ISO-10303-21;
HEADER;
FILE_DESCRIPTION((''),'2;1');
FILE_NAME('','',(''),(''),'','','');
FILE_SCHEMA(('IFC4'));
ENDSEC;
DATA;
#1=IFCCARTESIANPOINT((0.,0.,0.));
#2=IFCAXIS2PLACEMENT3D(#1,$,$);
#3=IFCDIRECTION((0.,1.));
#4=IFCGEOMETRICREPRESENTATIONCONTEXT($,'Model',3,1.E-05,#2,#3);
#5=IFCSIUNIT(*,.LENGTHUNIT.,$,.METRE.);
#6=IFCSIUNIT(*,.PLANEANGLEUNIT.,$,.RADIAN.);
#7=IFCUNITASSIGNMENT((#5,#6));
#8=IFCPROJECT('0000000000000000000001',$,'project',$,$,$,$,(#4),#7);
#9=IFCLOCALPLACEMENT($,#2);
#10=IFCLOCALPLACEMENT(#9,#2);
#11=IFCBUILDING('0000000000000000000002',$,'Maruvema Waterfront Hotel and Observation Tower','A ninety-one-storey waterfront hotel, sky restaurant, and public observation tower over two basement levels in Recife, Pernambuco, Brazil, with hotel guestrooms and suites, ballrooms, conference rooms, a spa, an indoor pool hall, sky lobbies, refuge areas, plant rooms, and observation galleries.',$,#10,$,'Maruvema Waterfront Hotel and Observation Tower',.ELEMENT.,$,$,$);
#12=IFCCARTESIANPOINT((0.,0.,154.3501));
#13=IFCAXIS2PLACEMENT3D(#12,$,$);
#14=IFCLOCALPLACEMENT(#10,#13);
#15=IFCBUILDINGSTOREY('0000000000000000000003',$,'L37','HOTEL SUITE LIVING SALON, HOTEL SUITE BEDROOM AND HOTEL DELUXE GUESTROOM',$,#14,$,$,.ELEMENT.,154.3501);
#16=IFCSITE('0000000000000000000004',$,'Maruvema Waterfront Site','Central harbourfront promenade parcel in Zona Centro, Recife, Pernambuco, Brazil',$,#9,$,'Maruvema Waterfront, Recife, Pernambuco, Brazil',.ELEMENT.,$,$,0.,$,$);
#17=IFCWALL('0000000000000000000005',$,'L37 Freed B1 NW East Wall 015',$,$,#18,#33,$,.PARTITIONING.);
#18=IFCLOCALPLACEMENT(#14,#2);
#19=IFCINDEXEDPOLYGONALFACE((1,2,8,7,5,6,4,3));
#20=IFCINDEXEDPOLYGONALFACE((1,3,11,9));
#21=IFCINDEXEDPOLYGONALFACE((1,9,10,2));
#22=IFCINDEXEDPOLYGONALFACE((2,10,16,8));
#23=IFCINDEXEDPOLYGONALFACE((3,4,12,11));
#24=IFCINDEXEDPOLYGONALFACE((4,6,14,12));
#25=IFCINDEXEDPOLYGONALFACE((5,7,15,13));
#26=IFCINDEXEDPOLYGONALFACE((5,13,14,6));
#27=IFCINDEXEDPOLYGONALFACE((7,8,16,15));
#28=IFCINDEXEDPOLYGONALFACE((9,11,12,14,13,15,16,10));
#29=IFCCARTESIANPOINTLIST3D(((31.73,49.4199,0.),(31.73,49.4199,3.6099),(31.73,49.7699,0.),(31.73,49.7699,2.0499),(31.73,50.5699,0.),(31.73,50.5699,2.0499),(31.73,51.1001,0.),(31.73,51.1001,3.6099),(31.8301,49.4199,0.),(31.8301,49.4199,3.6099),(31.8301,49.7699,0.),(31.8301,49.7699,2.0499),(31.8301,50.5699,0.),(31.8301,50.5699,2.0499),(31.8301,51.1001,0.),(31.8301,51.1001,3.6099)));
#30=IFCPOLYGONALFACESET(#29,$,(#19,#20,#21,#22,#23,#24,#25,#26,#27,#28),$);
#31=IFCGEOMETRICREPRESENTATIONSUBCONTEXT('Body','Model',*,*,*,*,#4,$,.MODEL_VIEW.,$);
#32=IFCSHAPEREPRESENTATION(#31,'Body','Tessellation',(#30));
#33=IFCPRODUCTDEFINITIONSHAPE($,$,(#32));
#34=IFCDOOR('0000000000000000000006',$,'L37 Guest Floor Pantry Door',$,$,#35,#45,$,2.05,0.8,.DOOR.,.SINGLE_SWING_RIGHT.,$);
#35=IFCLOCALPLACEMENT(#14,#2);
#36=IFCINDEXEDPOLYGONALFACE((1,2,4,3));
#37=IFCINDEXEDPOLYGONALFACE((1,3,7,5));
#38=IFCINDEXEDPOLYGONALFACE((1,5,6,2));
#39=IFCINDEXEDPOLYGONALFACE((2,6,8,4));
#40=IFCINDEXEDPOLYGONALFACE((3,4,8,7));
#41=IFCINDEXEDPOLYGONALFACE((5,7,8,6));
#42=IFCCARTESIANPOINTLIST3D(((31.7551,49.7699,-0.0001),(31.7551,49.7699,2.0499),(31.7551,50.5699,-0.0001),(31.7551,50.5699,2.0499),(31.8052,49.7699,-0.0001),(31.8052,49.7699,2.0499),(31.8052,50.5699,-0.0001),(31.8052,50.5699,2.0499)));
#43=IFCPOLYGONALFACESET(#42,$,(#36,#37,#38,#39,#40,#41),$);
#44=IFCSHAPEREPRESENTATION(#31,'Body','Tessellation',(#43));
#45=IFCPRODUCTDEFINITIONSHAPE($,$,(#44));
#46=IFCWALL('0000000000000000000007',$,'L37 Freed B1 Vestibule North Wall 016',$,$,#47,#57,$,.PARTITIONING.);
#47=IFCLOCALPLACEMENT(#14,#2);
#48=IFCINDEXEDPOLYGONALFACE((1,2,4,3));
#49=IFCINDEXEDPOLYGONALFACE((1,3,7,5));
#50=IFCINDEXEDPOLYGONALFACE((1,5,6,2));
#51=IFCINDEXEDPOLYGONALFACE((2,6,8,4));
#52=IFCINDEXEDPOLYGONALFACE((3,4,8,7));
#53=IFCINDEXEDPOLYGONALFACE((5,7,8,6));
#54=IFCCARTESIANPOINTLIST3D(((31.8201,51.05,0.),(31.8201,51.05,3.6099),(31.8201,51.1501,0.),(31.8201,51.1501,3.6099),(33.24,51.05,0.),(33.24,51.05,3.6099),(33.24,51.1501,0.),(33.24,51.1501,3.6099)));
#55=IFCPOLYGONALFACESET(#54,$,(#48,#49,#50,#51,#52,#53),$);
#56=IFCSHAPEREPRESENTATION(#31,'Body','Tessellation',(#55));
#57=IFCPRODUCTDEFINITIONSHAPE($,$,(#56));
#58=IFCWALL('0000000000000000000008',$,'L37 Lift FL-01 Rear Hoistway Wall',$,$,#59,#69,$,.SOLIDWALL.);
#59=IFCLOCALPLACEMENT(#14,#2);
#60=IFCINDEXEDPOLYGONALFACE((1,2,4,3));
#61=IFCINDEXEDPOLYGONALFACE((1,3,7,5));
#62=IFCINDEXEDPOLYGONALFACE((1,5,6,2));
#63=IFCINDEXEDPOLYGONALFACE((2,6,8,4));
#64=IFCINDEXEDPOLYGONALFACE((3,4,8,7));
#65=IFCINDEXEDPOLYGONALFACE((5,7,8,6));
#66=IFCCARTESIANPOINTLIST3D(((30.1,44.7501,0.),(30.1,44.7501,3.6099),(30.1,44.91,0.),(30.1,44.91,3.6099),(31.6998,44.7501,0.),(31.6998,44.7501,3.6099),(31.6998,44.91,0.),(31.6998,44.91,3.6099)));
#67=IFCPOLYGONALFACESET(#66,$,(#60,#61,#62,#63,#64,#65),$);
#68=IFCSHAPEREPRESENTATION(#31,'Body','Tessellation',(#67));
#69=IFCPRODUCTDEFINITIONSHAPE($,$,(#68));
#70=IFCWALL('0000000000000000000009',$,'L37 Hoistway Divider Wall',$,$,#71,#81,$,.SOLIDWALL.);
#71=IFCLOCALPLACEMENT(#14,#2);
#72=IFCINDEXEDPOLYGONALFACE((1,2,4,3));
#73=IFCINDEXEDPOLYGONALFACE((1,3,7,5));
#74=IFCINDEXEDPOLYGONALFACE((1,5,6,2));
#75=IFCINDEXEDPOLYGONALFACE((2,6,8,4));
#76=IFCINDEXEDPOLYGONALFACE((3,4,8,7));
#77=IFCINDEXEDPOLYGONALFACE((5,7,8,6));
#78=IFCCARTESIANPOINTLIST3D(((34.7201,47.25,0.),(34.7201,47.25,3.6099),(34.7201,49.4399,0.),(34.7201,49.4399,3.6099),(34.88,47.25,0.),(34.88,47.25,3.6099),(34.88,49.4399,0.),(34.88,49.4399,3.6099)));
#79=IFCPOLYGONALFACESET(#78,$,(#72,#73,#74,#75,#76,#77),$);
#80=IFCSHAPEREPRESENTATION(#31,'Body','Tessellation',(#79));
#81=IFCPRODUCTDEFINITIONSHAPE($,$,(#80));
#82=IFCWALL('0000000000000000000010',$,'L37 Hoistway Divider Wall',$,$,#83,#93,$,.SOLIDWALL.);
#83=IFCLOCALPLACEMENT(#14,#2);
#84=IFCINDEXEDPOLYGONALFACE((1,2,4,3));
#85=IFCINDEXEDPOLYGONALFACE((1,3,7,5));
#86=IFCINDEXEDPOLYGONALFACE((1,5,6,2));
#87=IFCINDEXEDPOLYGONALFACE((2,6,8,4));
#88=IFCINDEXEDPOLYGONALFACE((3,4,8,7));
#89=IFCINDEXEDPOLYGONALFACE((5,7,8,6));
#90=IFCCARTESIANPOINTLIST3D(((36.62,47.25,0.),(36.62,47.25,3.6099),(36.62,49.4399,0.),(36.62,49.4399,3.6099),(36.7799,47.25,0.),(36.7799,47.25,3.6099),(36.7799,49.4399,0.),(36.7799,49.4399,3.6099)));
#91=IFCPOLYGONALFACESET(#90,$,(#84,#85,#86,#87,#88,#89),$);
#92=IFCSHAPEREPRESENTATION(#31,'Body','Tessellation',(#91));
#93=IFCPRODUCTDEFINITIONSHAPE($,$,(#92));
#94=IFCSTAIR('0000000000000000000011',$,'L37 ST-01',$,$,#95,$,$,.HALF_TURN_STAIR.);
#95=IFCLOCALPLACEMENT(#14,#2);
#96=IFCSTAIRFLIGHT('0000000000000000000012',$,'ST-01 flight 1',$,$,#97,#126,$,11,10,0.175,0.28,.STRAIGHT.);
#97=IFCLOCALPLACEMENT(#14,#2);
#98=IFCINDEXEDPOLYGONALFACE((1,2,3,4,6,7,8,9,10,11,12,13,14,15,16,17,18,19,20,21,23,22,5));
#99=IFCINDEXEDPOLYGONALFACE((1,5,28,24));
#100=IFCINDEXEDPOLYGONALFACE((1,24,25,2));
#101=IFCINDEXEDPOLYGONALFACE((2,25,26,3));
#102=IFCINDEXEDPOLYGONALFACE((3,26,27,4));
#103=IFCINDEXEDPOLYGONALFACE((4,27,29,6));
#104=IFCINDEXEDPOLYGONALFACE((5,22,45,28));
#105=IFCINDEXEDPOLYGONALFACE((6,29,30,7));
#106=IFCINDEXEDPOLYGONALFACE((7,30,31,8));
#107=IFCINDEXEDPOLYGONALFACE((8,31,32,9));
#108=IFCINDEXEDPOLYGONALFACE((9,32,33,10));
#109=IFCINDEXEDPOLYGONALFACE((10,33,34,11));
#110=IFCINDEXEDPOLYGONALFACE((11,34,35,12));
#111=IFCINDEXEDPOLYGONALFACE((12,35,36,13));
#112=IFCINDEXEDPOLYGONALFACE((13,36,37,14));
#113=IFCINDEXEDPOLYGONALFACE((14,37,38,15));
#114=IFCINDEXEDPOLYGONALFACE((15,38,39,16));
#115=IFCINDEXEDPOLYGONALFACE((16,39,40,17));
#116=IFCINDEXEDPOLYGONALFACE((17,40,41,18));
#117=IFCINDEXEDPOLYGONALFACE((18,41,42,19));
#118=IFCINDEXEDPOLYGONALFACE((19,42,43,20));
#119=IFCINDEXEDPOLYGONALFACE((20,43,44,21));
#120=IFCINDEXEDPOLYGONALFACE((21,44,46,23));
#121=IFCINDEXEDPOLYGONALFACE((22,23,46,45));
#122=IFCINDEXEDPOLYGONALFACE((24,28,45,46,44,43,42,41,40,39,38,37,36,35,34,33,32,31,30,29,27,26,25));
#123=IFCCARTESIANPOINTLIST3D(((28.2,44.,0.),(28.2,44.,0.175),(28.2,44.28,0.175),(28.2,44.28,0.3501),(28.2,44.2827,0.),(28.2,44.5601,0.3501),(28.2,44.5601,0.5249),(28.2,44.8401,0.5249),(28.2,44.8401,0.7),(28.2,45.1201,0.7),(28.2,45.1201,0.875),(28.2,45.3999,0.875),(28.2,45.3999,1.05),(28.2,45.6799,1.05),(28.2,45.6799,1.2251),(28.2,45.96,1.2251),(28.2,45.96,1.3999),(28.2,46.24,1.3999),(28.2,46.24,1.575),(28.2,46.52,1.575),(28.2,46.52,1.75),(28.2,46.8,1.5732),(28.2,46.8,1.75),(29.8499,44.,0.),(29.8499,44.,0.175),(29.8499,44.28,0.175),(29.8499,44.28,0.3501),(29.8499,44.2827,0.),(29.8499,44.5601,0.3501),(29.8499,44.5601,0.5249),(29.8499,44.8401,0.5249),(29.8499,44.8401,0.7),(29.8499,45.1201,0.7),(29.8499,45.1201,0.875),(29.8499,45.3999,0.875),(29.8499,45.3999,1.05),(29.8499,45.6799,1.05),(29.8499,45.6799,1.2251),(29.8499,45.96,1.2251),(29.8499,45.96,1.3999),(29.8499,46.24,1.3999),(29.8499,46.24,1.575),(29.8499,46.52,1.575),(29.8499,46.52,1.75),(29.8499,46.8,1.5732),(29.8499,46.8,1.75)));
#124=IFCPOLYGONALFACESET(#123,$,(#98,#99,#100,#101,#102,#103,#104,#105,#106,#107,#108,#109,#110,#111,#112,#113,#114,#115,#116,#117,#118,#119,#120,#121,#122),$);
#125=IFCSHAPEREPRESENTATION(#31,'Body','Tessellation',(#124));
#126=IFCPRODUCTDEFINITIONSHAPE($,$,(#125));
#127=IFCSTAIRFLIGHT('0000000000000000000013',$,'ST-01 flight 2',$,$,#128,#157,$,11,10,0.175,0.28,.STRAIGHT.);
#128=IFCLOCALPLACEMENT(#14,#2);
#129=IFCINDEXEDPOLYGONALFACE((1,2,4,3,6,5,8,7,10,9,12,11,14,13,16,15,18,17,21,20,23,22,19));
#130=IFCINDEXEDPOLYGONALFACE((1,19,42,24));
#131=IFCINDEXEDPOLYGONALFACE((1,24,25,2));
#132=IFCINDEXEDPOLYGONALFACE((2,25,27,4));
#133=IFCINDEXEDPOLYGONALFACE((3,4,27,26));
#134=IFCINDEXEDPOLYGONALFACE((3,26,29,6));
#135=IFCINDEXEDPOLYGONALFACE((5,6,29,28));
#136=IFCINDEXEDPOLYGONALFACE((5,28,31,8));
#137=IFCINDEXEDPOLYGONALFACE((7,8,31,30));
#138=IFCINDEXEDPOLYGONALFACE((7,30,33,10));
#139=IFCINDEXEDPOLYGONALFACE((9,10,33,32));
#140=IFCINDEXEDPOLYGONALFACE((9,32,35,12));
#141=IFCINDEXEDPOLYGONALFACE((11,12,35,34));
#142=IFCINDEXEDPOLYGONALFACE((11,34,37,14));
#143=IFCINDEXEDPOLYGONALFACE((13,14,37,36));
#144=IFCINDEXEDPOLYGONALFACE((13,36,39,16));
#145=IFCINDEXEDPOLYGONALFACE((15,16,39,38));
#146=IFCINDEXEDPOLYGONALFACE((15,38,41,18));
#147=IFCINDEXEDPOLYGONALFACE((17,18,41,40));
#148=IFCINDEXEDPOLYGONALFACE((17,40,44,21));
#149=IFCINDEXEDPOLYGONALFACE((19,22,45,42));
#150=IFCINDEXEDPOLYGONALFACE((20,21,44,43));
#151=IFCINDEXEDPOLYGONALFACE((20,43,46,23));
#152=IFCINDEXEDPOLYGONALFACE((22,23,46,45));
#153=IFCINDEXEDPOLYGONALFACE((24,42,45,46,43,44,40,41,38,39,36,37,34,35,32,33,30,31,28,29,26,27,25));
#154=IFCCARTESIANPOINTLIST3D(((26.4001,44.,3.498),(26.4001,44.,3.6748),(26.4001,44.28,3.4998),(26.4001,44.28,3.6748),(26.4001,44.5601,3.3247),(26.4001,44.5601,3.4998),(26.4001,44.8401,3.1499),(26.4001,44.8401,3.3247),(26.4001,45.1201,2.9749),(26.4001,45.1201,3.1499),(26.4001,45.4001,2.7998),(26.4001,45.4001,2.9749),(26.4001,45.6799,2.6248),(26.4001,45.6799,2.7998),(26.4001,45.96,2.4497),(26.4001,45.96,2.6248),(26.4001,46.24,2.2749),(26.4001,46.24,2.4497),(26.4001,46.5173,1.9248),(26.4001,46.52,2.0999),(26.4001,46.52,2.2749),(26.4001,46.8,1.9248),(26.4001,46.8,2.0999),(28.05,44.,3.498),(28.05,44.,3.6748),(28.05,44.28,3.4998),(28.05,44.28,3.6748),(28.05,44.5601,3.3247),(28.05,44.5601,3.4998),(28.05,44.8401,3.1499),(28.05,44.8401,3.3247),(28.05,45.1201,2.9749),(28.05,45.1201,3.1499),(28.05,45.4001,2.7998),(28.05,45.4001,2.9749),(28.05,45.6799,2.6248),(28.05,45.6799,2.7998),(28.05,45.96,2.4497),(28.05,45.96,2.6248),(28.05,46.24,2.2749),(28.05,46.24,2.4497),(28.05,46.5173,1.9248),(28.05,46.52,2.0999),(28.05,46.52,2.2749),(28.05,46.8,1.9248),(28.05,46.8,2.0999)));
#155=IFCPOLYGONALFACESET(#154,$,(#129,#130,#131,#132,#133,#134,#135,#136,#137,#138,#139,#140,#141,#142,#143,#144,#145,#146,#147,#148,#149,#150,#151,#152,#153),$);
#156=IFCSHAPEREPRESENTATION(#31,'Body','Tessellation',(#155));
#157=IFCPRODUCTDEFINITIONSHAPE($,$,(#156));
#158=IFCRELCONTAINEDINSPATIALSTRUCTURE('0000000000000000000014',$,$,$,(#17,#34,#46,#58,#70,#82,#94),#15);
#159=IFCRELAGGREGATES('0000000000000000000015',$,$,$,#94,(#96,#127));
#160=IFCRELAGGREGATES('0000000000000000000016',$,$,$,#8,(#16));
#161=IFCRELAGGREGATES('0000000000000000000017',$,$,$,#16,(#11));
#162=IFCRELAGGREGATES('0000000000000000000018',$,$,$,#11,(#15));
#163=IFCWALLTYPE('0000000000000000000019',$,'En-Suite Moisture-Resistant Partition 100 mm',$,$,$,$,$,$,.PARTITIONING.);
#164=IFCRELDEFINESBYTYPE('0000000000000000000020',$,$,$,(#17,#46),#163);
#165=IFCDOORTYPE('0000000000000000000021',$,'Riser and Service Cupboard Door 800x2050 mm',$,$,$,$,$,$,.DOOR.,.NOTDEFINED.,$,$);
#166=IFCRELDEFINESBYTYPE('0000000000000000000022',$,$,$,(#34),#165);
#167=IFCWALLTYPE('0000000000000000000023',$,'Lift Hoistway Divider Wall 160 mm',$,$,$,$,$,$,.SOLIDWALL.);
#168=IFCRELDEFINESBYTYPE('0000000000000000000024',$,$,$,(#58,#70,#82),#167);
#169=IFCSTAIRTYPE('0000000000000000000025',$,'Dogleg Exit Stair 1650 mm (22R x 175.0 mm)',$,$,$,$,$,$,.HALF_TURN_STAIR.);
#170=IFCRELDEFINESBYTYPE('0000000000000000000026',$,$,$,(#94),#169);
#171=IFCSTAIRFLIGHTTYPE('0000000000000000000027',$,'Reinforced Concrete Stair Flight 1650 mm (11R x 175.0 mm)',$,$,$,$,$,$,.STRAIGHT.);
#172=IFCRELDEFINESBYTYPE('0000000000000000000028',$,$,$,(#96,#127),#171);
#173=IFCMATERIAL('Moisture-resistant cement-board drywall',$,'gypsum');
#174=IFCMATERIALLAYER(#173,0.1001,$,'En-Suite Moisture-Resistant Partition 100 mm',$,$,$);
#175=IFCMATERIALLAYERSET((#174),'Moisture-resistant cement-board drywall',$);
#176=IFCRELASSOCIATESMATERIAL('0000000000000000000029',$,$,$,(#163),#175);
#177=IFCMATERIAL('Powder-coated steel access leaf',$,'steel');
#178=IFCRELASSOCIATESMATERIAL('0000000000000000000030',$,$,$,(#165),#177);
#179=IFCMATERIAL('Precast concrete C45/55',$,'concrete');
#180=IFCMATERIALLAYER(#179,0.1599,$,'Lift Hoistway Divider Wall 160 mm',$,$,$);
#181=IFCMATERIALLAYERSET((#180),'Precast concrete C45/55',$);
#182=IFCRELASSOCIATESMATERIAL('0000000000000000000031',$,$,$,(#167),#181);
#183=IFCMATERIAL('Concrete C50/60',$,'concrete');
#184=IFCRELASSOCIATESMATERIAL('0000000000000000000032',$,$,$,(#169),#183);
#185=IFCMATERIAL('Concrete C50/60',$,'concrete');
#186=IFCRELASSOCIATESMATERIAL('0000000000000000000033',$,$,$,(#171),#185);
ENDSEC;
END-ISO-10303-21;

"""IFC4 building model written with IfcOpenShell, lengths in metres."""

from ifc_helpers import new_model, si_unit, direction, frame, frame_2d, origin, place, context, subcontext, project, spatial, polyline, rectangle, outline, extrude, material, layer, layer_set, type_object, element, fill, aggregate, save


model = new_model("IFC4")

# Units and contexts
model_context = context("Model", 3, precision=1e-05, world=origin(), true_north=direction((0.0, 1.0)))
body_context = subcontext(model_context, "Body", "Model", "MODEL_VIEW")
ifc_project = project(units=[si_unit("LENGTHUNIT", "METRE"), si_unit("PLANEANGLEUNIT", "RADIAN")], contexts=[model_context])

# Site, building, storey
site_placement = place(None, origin())
site = spatial("IfcSite", under=ifc_project, at=site_placement, Name="Maruvema Waterfront Site", Description="Central harbourfront promenade parcel in Zona Centro, Recife, Pernambuco, Brazil", LongName="Maruvema Waterfront, Recife, Pernambuco, Brazil", CompositionType="ELEMENT", RefElevation=0.0)
building_placement = place(site_placement, origin())
building = spatial("IfcBuilding", under=site, at=building_placement, Name="Maruvema Waterfront Hotel and Observation Tower", Description="A ninety-one-storey waterfront hotel, sky restaurant, and public observation tower over two basement levels in Recife, Pernambuco, Brazil, with hotel guestrooms and suites, ballrooms, conference rooms, a spa, an indoor pool hall, sky lobbies, refuge areas, plant rooms, and observation galleries.", LongName="Maruvema Waterfront Hotel and Observation Tower", CompositionType="ELEMENT")
storey_placement = place(building_placement, frame((0.0, 0.0, 154.3501)))
storey = spatial("IfcBuildingStorey", under=building, at=storey_placement, Name="L37", Description="HOTEL SUITE LIVING SALON, HOTEL SUITE BEDROOM AND HOTEL DELUXE GUESTROOM", CompositionType="ELEMENT", Elevation=154.3501)

# Shared definitions
ifc_material_1 = material(Name="Moisture-resistant cement-board drywall", Category="gypsum")
ifc_layer_1 = layer(ifc_material_1, 0.1001, Name="En-Suite Moisture-Resistant Partition 100 mm")
ifc_layer_set_1 = layer_set([ifc_layer_1], Name="Moisture-resistant cement-board drywall")
wall_type_1 = type_object("IfcWallType", Name="En-Suite Moisture-Resistant Partition 100 mm", PredefinedType="PARTITIONING", material=ifc_layer_set_1)

# Wall, opening, door
ifc_material_2 = material(Name="Powder-coated steel access leaf", Category="steel")
door_type_1 = type_object("IfcDoorType", Name="Riser and Service Cupboard Door 800x2050 mm", OperationType="NOTDEFINED", PredefinedType="DOOR", material=ifc_material_2)
wall_1_placement = place(storey_placement, frame((31.78, 49.4199, 0.0), z_axis=(0.0, 0.0, 1.0), x_axis=(0.0, 1.0, 0.0)))
wall_1 = element("IfcWall", 1, at=wall_1_placement, inside=storey, type_object=wall_type_1, Name="L37 Freed B1 NW East Wall 015", PredefinedType="PARTITIONING", context=body_context, shape_type="SweptSolid", body=[
    extrude(rectangle(XDim=1.6802, YDim=0.1001, at=frame_2d((0.8401, 0.0))), origin(), (0.0, 0.0, 1.0), 3.6099),
])
opening_1_placement = place(wall_1_placement, frame((0.3501, 0.0, 0.0)))
opening_1 = element("IfcOpeningElement", 2, at=opening_1_placement, cuts=wall_1, PredefinedType="OPENING", context=body_context, shape_type="SweptSolid", body=[
    extrude(rectangle(XDim=0.8, YDim=2.05, at=frame_2d((0.3999, 1.0249))), frame((0.0, 0.0601, 0.0), z_axis=(0.0, -1.0, 0.0), x_axis=(1.0, 0.0, 0.0)), (0.0, 0.0, 1.0), 0.1201),
])
door_1_placement = place(opening_1_placement, origin())
door_1 = element("IfcDoor", 3, at=door_1_placement, inside=storey, type_object=door_type_1, Name="L37 Guest Floor Pantry Door", OperationType="SINGLE_SWING_RIGHT", OverallHeight=2.05, OverallWidth=0.8, PredefinedType="DOOR", context=body_context, shape_type="SweptSolid", body=[
    extrude(rectangle(XDim=0.8, YDim=2.05, at=frame_2d((0.3999, 1.0249))), frame((0.0, 0.0249, 0.0), z_axis=(0.0, -1.0, 0.0), x_axis=(1.0, 0.0, 0.0)), (0.0, 0.0, 1.0), 0.05),
])
fill(opening_1, door_1)

# Walls
wall_2_placement = place(storey_placement, frame((31.8201, 51.1001, 0.0), z_axis=(0.0, 0.0, 1.0), x_axis=(1.0, 0.0, 0.0)))
element("IfcWall", 4, at=wall_2_placement, inside=storey, type_object=wall_type_1, Name="L37 Freed B1 Vestibule North Wall 016", PredefinedType="PARTITIONING", context=body_context, shape_type="SweptSolid", body=[
    extrude(rectangle(XDim=1.4199, YDim=0.1001, at=frame_2d((0.71, 0.0))), origin(), (0.0, 0.0, 1.0), 3.6099),
])
ifc_material_3 = material(Name="Precast concrete C45/55", Category="concrete")
ifc_layer_2 = layer(ifc_material_3, 0.1599, Name="Lift Hoistway Divider Wall 160 mm")
ifc_layer_set_2 = layer_set([ifc_layer_2], Name="Precast concrete C45/55")
wall_type_2 = type_object("IfcWallType", Name="Lift Hoistway Divider Wall 160 mm", PredefinedType="SOLIDWALL", material=ifc_layer_set_2)
wall_3_placement = place(storey_placement, frame((30.1001, 44.8301, 0.0), z_axis=(0.0, 0.0, 1.0), x_axis=(1.0, 0.0, 0.0)))
element("IfcWall", 5, at=wall_3_placement, inside=storey, type_object=wall_type_2, Name="L37 Lift FL-01 Rear Hoistway Wall", PredefinedType="SOLIDWALL", context=body_context, shape_type="SweptSolid", body=[
    extrude(rectangle(XDim=1.5999, YDim=0.1599, at=frame_2d((0.7998, 0.0))), origin(), (0.0, 0.0, 1.0), 3.6099),
])
for number, where, z_axis, x_axis, name in (
    (6, (34.8, 47.25, 0.0), (0.0, 0.0, 1.0), (0.0, 1.0, 0.0), "L37 Hoistway Divider Wall"),
    (7, (36.7, 47.25, 0.0), (0.0, 0.0, 1.0), (0.0, 1.0, 0.0), "L37 Hoistway Divider Wall"),
):
    element("IfcWall", number, at=place(storey_placement, frame(where, z_axis=z_axis, x_axis=x_axis)), inside=storey, type_object=wall_type_2, Name=name, PredefinedType="SOLIDWALL", context=body_context, shape_type="SweptSolid", body=[
        extrude(rectangle(XDim=2.1899, YDim=0.1599, at=frame_2d((1.095, 0.0))), origin(), (0.0, 0.0, 1.0), 3.6099),
    ])

# Stair, stair flights
ifc_material_4 = material(Name="Concrete C50/60", Category="concrete")
stair_type = type_object("IfcStairType", Name="Dogleg Exit Stair 1650 mm (22R x 175.0 mm)", PredefinedType="HALF_TURN_STAIR", material=ifc_material_4)
stair_1_placement = place(storey_placement, origin())
stair_1 = element("IfcStair", 8, at=stair_1_placement, inside=storey, type_object=stair_type, Name="L37 ST-01", PredefinedType="HALF_TURN_STAIR")
ifc_material_5 = material(Name="Concrete C50/60", Category="concrete")
stair_flight_type = type_object("IfcStairFlightType", Name="Reinforced Concrete Stair Flight 1650 mm (11R x 175.0 mm)", PredefinedType="STRAIGHT", material=ifc_material_5)
stair_flight_1_placement = place(storey_placement, frame((29.0249, 44.0, 0.0), z_axis=(0.0, 0.0, 1.0), x_axis=(0.0, 1.0, 0.0)))
stair_flight_1 = element("IfcStairFlight", 9, at=stair_flight_1_placement, type_object=stair_flight_type, Name="ST-01 flight 1", NumberOfRisers=11, NumberOfTreads=10, PredefinedType="STRAIGHT", RiserHeight=0.175, TreadLength=0.28, context=body_context, shape_type="SweptSolid", body=[
    extrude(outline(polyline([(0.0, 0.0), (0.0, 0.175), (0.28, 0.175), (0.28, 0.3501), (0.5601, 0.3501), (0.5601, 0.5249), (0.8401, 0.5249), (0.8401, 0.7), (1.1201, 0.7), (1.1201, 0.875), (1.3999, 0.875), (1.3999, 1.05), (1.6799, 1.05), (1.6799, 1.2251), (1.96, 1.2251), (1.96, 1.3999), (2.24, 1.3999), (2.24, 1.575), (2.52, 1.575), (2.52, 1.75), (2.8, 1.75), (2.8, 1.925), (2.8, 1.5732), (0.2827, 0.0), (0.0, 0.0)])), frame((0.0, 0.825, 0.0), z_axis=(0.0, -1.0, 0.0), x_axis=(1.0, 0.0, 0.0)), (0.0, 0.0, 1.0), 1.6499),
])
stair_flight_2_placement = place(storey_placement, frame((27.2251, 46.8, 1.9248), z_axis=(0.0, 0.0, 1.0), x_axis=(0.0, -1.0, 0.0)))
stair_flight_2 = element("IfcStairFlight", 10, at=stair_flight_2_placement, type_object=stair_flight_type, Name="ST-01 flight 2", NumberOfRisers=11, NumberOfTreads=10, PredefinedType="STRAIGHT", RiserHeight=0.175, TreadLength=0.28, context=body_context, shape_type="SweptSolid", body=[
    extrude(outline(polyline([(0.0, 0.0), (0.0, 0.175), (0.28, 0.175), (0.28, 0.3501), (0.5601, 0.3501), (0.5601, 0.5249), (0.8401, 0.5249), (0.8401, 0.7), (1.1201, 0.7), (1.1201, 0.875), (1.3999, 0.875), (1.3999, 1.05), (1.6799, 1.05), (1.6799, 1.2251), (1.96, 1.2251), (1.96, 1.3999), (2.24, 1.3999), (2.24, 1.575), (2.52, 1.575), (2.52, 1.75), (2.8, 1.75), (2.8, 1.925), (2.8, 1.5732), (0.2827, 0.0), (0.0, 0.0)])), frame((0.0, 0.825, 0.0), z_axis=(0.0, -1.0, 0.0), x_axis=(1.0, 0.0, 0.0)), (0.0, 0.0, 1.0), 1.6499),
])
aggregate(stair_1, [stair_flight_1, stair_flight_2])

save(model, "model.ifc")
